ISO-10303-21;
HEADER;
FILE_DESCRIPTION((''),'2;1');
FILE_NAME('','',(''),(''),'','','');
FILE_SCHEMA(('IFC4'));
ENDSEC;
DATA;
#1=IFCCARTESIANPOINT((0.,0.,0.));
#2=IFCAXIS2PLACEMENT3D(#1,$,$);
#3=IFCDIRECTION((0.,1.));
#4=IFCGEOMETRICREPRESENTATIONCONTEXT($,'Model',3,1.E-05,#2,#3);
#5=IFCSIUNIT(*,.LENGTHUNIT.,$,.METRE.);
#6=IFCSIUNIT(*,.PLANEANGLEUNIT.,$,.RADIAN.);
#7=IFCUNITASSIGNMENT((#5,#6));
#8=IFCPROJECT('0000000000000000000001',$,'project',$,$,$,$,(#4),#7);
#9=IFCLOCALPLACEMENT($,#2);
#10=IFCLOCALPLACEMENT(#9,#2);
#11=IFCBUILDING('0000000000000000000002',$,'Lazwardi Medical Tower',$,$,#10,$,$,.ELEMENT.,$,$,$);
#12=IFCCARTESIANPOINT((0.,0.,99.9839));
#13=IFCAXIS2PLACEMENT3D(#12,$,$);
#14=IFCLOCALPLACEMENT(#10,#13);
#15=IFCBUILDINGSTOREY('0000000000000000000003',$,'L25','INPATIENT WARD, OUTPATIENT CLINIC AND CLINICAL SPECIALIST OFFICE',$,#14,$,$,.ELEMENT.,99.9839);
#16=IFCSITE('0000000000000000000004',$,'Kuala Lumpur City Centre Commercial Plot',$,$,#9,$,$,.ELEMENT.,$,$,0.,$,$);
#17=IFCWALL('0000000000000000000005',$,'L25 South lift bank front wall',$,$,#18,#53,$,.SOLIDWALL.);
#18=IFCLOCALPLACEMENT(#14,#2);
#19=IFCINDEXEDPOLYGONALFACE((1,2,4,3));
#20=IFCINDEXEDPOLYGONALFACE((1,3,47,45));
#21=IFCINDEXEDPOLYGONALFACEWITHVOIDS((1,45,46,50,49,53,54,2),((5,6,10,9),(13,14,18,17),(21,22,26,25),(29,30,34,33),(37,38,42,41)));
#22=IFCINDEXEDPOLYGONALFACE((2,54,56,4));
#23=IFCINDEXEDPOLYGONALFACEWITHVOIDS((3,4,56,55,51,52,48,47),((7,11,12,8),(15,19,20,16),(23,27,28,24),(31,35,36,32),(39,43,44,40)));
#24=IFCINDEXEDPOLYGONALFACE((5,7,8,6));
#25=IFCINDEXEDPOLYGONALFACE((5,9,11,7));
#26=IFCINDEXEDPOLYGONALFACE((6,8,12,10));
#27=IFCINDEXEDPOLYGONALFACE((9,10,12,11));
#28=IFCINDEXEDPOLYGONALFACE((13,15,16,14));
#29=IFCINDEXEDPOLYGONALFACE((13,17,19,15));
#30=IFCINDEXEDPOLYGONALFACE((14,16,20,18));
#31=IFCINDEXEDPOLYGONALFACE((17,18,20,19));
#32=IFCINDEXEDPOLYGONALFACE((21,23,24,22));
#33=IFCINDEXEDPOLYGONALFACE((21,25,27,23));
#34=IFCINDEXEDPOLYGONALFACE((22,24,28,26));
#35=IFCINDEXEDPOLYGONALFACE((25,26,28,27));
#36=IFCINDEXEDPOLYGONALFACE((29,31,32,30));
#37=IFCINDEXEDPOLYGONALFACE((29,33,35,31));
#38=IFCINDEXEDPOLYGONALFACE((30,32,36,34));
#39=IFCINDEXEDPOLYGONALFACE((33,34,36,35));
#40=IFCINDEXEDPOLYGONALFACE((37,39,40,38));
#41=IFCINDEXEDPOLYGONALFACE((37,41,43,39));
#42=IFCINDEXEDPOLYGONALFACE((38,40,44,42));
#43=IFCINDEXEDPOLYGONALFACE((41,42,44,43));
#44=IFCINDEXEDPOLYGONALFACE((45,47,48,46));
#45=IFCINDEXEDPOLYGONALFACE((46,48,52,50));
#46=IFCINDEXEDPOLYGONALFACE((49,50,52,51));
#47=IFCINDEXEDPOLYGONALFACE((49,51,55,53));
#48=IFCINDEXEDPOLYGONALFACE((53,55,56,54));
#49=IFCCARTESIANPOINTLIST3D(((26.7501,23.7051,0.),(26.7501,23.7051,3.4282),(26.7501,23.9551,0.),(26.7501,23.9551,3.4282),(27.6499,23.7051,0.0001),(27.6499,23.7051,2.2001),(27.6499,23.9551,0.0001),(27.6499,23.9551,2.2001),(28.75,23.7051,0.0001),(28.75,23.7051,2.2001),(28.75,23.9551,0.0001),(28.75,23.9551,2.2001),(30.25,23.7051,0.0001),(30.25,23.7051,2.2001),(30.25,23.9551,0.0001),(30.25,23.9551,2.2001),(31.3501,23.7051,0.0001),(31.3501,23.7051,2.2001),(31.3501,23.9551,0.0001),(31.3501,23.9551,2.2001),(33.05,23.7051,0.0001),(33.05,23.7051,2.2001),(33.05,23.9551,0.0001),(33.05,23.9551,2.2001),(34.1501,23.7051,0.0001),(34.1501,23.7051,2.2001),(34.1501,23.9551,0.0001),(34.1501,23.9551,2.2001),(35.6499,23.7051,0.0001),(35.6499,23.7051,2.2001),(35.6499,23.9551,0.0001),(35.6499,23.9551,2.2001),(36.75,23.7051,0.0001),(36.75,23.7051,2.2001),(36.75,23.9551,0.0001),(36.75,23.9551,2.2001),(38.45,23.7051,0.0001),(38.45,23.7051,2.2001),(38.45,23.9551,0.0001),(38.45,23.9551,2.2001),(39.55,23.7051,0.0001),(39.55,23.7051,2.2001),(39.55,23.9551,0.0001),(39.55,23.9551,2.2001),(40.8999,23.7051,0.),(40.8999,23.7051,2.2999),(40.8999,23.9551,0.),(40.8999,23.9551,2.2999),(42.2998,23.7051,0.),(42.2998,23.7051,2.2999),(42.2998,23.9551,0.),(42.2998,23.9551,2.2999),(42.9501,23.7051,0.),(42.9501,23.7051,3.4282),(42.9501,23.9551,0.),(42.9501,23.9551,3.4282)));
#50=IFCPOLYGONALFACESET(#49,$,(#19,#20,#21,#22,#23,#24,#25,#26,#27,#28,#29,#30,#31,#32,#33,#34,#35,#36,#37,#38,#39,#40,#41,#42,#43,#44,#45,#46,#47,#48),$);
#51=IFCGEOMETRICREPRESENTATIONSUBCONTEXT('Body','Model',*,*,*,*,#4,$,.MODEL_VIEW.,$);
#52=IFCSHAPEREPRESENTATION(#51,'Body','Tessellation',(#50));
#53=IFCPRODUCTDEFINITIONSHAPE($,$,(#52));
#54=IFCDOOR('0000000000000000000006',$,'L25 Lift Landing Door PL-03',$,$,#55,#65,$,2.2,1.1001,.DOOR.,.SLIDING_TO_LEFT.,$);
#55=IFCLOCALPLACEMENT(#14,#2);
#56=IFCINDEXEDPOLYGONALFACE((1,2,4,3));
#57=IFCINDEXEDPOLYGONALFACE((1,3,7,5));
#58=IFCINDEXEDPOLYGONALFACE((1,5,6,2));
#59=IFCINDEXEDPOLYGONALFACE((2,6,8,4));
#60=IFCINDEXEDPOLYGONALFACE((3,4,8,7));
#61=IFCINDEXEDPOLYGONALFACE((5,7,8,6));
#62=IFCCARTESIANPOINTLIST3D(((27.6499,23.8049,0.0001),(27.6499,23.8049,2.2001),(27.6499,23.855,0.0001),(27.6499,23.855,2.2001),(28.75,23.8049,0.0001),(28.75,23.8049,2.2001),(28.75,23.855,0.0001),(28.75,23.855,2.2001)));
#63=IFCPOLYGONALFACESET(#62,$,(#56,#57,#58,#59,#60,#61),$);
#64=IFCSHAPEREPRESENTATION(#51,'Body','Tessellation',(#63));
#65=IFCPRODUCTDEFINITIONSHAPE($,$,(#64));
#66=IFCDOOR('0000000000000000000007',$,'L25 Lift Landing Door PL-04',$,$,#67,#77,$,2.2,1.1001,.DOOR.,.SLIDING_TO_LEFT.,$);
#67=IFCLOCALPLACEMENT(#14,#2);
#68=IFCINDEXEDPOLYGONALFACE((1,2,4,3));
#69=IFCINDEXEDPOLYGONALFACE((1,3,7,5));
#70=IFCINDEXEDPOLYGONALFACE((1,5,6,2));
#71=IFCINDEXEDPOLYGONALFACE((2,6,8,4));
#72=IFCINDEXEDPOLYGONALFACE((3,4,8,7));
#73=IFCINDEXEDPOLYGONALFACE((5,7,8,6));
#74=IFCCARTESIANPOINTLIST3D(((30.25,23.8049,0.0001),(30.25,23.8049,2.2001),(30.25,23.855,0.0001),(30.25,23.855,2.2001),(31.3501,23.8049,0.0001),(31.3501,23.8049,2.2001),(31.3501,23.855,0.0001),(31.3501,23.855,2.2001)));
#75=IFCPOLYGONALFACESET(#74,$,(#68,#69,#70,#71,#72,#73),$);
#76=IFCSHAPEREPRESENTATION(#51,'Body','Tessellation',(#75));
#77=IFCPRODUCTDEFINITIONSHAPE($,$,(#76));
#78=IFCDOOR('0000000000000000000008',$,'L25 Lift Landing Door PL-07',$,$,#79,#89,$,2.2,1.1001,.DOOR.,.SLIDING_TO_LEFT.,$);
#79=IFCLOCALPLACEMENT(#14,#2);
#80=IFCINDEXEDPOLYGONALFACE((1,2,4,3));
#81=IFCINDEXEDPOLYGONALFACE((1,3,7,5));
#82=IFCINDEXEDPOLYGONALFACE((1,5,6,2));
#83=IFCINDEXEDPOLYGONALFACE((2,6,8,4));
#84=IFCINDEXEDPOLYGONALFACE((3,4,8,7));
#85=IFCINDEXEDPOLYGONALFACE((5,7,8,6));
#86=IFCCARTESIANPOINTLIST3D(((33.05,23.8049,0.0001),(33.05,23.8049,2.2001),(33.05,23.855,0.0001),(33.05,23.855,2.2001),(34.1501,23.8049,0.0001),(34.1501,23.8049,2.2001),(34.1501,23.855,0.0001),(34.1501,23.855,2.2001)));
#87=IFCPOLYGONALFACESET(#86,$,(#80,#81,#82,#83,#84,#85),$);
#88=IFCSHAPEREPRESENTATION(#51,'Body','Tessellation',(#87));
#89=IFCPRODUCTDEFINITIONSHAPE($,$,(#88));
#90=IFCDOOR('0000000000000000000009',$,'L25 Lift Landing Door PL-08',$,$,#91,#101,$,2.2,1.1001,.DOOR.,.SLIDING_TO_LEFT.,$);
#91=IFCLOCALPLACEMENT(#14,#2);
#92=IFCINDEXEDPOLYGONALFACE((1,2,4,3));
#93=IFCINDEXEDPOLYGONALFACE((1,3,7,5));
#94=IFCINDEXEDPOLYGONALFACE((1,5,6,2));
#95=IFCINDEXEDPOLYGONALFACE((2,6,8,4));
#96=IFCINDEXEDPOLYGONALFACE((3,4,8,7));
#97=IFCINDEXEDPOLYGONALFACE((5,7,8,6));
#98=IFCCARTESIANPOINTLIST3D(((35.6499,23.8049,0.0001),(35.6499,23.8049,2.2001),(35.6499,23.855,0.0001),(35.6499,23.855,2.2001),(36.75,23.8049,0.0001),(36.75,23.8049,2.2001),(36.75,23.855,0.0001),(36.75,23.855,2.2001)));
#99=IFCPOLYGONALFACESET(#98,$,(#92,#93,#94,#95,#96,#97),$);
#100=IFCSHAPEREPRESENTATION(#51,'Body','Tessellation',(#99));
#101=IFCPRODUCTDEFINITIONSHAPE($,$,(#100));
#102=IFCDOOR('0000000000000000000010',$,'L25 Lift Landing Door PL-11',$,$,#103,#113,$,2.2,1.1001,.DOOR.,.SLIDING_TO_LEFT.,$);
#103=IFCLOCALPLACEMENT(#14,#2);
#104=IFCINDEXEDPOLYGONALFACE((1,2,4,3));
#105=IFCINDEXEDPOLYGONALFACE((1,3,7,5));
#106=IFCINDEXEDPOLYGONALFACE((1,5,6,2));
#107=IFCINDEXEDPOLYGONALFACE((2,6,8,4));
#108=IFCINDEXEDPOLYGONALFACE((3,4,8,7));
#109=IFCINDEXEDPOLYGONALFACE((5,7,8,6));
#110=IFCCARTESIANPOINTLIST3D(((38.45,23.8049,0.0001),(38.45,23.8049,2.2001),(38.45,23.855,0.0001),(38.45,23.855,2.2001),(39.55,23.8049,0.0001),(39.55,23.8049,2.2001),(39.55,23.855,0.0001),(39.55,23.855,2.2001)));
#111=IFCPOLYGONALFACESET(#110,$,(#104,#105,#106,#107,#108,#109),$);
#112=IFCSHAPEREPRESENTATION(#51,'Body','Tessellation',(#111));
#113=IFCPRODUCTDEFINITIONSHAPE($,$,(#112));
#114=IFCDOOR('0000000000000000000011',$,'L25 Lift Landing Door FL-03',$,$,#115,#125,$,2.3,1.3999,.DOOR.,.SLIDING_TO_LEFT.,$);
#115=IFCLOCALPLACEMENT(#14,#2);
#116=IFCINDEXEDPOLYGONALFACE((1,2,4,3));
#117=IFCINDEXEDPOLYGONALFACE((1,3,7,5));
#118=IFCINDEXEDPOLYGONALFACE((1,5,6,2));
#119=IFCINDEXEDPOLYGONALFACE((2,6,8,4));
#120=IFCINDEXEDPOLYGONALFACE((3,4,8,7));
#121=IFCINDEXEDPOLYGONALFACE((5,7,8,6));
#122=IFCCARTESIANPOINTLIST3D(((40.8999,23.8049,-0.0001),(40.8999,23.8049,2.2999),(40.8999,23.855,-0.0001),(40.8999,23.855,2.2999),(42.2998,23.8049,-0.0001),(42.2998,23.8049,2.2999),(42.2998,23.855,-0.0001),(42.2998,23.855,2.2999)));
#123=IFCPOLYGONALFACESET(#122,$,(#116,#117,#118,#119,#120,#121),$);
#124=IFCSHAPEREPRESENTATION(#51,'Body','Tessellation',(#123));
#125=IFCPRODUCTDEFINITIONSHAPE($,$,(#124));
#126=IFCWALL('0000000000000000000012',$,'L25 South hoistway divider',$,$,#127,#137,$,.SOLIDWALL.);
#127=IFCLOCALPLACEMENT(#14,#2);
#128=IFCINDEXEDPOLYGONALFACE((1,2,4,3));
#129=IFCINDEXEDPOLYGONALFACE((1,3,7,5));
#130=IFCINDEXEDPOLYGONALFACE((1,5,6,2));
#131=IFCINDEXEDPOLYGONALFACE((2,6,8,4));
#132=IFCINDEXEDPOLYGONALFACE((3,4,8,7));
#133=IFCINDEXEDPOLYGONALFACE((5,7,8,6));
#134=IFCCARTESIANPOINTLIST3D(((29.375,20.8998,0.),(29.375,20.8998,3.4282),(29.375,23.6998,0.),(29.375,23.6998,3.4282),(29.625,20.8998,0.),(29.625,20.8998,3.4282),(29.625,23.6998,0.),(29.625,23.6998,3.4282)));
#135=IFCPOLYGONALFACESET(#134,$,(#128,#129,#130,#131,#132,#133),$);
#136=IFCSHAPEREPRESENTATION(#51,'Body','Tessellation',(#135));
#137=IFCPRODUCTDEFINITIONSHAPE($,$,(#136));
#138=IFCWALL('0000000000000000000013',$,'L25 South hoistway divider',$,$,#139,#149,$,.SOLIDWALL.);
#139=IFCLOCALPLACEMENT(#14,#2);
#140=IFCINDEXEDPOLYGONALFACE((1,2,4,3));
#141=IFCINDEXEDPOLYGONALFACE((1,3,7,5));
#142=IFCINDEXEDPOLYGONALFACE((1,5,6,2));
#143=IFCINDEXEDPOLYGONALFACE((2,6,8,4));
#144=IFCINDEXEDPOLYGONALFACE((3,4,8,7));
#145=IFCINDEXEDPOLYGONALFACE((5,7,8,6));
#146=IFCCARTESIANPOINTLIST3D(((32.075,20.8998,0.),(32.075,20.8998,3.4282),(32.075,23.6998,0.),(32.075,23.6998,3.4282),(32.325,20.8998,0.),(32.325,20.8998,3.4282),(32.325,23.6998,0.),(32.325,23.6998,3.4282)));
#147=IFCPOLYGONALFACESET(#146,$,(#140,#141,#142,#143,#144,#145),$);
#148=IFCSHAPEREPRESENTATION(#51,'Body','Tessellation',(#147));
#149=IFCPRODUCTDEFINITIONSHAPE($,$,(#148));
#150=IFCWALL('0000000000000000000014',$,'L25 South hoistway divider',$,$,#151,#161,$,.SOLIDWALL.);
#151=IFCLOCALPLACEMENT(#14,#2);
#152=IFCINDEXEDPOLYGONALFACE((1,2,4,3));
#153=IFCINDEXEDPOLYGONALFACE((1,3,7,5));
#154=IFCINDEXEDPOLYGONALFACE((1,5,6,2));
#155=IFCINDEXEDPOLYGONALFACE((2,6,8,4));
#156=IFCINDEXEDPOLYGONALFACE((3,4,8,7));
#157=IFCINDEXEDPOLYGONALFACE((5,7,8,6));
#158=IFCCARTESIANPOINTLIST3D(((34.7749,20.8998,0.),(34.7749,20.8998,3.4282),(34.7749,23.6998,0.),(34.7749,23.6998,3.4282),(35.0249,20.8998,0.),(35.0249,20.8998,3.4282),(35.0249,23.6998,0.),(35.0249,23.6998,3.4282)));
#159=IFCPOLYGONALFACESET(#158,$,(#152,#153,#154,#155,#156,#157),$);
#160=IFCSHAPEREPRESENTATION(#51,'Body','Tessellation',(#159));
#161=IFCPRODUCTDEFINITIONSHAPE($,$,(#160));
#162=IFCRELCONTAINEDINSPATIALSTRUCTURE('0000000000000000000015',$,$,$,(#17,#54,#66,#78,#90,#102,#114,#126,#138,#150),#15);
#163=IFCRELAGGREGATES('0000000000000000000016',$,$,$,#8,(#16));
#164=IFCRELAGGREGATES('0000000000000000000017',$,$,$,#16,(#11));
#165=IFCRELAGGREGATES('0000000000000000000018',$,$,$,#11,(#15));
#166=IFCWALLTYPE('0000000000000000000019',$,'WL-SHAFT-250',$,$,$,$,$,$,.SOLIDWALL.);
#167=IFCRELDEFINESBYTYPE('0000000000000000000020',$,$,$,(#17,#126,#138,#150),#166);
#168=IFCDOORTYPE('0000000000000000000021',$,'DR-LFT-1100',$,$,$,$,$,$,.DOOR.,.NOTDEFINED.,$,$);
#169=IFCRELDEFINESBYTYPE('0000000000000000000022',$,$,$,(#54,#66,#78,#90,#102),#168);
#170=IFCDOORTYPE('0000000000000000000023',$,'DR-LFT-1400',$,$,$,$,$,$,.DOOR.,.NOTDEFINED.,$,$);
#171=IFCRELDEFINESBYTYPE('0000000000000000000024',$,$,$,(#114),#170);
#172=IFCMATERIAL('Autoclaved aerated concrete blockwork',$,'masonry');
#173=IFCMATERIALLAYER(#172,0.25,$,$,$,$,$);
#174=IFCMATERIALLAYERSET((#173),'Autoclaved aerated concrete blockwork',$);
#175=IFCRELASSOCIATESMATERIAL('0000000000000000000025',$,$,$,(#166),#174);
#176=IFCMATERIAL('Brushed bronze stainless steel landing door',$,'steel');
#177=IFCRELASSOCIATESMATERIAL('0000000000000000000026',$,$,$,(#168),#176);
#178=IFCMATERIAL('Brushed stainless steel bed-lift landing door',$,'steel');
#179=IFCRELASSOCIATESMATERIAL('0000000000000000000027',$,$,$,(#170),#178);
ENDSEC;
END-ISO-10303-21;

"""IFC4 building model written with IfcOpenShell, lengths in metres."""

from ifc_helpers import new_model, si_unit, direction, frame, frame_2d, origin, place, context, subcontext, project, spatial, rectangle, extrude, material, layer, layer_set, type_object, element, fill, save


model = new_model("IFC4")

# Units and contexts
model_context = context("Model", 3, precision=1e-05, world=origin(), true_north=direction((0.0, 1.0)))
body_context = subcontext(model_context, "Body", "Model", "MODEL_VIEW")
ifc_project = project(units=[si_unit("LENGTHUNIT", "METRE"), si_unit("PLANEANGLEUNIT", "RADIAN")], contexts=[model_context])

# Site, building, storey
site_placement = place(None, origin())
site = spatial("IfcSite", under=ifc_project, at=site_placement, Name="Kuala Lumpur City Centre Commercial Plot", CompositionType="ELEMENT", RefElevation=0.0)
building_placement = place(site_placement, origin())
building = spatial("IfcBuilding", under=site, at=building_placement, Name="Lazwardi Medical Tower", CompositionType="ELEMENT")
storey_placement = place(building_placement, frame((0.0, 0.0, 99.9839)))
storey = spatial("IfcBuildingStorey", under=building, at=storey_placement, Name="L25", Description="INPATIENT WARD, OUTPATIENT CLINIC AND CLINICAL SPECIALIST OFFICE", CompositionType="ELEMENT", Elevation=99.9839)

# Wall, openings, doors
ifc_material_1 = material(Name="Autoclaved aerated concrete blockwork", Category="masonry")
ifc_layer_1 = layer(ifc_material_1, 0.25)
ifc_layer_set_1 = layer_set([ifc_layer_1], Name="Autoclaved aerated concrete blockwork")
wall_type_1 = type_object("IfcWallType", Name="WL-SHAFT-250", PredefinedType="SOLIDWALL", material=ifc_layer_set_1)
wall_1_placement = place(storey_placement, frame((26.75, 23.8301, 0.0), z_axis=(0.0, 0.0, 1.0), x_axis=(1.0, 0.0, 0.0)))
wall_1 = element("IfcWall", 1, at=wall_1_placement, inside=storey, type_object=wall_type_1, Name="L25 South lift bank front wall", PredefinedType="SOLIDWALL", context=body_context, shape_type="SweptSolid", body=[
    extrude(rectangle(XDim=16.2, YDim=0.25, at=frame_2d((8.1001, 0.0))), origin(), (0.0, 0.0, 1.0), 3.4282),
])
opening_1_placement = place(wall_1_placement, frame((0.8999, 0.0, 0.0)))
opening_1 = element("IfcOpeningElement", 2, at=opening_1_placement, cuts=wall_1, PredefinedType="OPENING", context=body_context, shape_type="SweptSolid", body=[
    extrude(rectangle(XDim=1.1001, YDim=2.2, at=frame_2d((0.55, 1.1001))), frame((0.0, 0.135, 0.0), z_axis=(0.0, -1.0, 0.0), x_axis=(1.0, 0.0, 0.0)), (0.0, 0.0, 1.0), 0.27),
])
opening_2_placement = place(wall_1_placement, frame((3.5, 0.0, 0.0)))
opening_2 = element("IfcOpeningElement", 3, at=opening_2_placement, cuts=wall_1, PredefinedType="OPENING", context=body_context, shape_type="SweptSolid", body=[
    extrude(rectangle(XDim=1.1001, YDim=2.2, at=frame_2d((0.55, 1.1001))), frame((0.0, 0.135, 0.0), z_axis=(0.0, -1.0, 0.0), x_axis=(1.0, 0.0, 0.0)), (0.0, 0.0, 1.0), 0.27),
])
opening_3_placement = place(wall_1_placement, frame((6.3, 0.0, 0.0)))
opening_3 = element("IfcOpeningElement", 4, at=opening_3_placement, cuts=wall_1, PredefinedType="OPENING", context=body_context, shape_type="SweptSolid", body=[
    extrude(rectangle(XDim=1.1001, YDim=2.2, at=frame_2d((0.55, 1.1001))), frame((0.0, 0.135, 0.0), z_axis=(0.0, -1.0, 0.0), x_axis=(1.0, 0.0, 0.0)), (0.0, 0.0, 1.0), 0.27),
])
opening_4_placement = place(wall_1_placement, frame((8.8999, 0.0, 0.0)))
opening_4 = element("IfcOpeningElement", 5, at=opening_4_placement, cuts=wall_1, PredefinedType="OPENING", context=body_context, shape_type="SweptSolid", body=[
    extrude(rectangle(XDim=1.1001, YDim=2.2, at=frame_2d((0.55, 1.1001))), frame((0.0, 0.135, 0.0), z_axis=(0.0, -1.0, 0.0), x_axis=(1.0, 0.0, 0.0)), (0.0, 0.0, 1.0), 0.27),
])
opening_5_placement = place(wall_1_placement, frame((11.7, 0.0, 0.0)))
opening_5 = element("IfcOpeningElement", 6, at=opening_5_placement, cuts=wall_1, PredefinedType="OPENING", context=body_context, shape_type="SweptSolid", body=[
    extrude(rectangle(XDim=1.1001, YDim=2.2, at=frame_2d((0.55, 1.1001))), frame((0.0, 0.135, 0.0), z_axis=(0.0, -1.0, 0.0), x_axis=(1.0, 0.0, 0.0)), (0.0, 0.0, 1.0), 0.27),
])
opening_6_placement = place(wall_1_placement, frame((14.1499, 0.0, 0.0)))
opening_6 = element("IfcOpeningElement", 7, at=opening_6_placement, cuts=wall_1, PredefinedType="OPENING", context=body_context, shape_type="SweptSolid", body=[
    extrude(rectangle(XDim=1.3999, YDim=2.3, at=frame_2d((0.7, 1.1499))), frame((0.0, 0.135, 0.0), z_axis=(0.0, -1.0, 0.0), x_axis=(1.0, 0.0, 0.0)), (0.0, 0.0, 1.0), 0.27),
])
ifc_material_2 = material(Name="Brushed bronze stainless steel landing door", Category="steel")
door_type_1 = type_object("IfcDoorType", Name="DR-LFT-1100", OperationType="NOTDEFINED", PredefinedType="DOOR", material=ifc_material_2)
door_1_placement = place(opening_1_placement, origin())
door_1 = element("IfcDoor", 8, at=door_1_placement, inside=storey, type_object=door_type_1, Name="L25 Lift Landing Door PL-03", OperationType="SLIDING_TO_LEFT", OverallHeight=2.2, OverallWidth=1.1001, PredefinedType="DOOR", context=body_context, shape_type="SweptSolid", body=[
    extrude(rectangle(XDim=1.1001, YDim=2.2, at=frame_2d((0.55, 1.1001))), frame((0.0, 0.0249, 0.0), z_axis=(0.0, -1.0, 0.0), x_axis=(1.0, 0.0, 0.0)), (0.0, 0.0, 1.0), 0.05),
])
fill(opening_1, door_1)
door_2_placement = place(opening_2_placement, origin())
door_2 = element("IfcDoor", 9, at=door_2_placement, inside=storey, type_object=door_type_1, Name="L25 Lift Landing Door PL-04", OperationType="SLIDING_TO_LEFT", OverallHeight=2.2, OverallWidth=1.1001, PredefinedType="DOOR", context=body_context, shape_type="SweptSolid", body=[
    extrude(rectangle(XDim=1.1001, YDim=2.2, at=frame_2d((0.55, 1.1001))), frame((0.0, 0.0249, 0.0), z_axis=(0.0, -1.0, 0.0), x_axis=(1.0, 0.0, 0.0)), (0.0, 0.0, 1.0), 0.05),
])
fill(opening_2, door_2)
door_3_placement = place(opening_3_placement, origin())
door_3 = element("IfcDoor", 10, at=door_3_placement, inside=storey, type_object=door_type_1, Name="L25 Lift Landing Door PL-07", OperationType="SLIDING_TO_LEFT", OverallHeight=2.2, OverallWidth=1.1001, PredefinedType="DOOR", context=body_context, shape_type="SweptSolid", body=[
    extrude(rectangle(XDim=1.1001, YDim=2.2, at=frame_2d((0.55, 1.1001))), frame((0.0, 0.0249, 0.0), z_axis=(0.0, -1.0, 0.0), x_axis=(1.0, 0.0, 0.0)), (0.0, 0.0, 1.0), 0.05),
])
fill(opening_3, door_3)
door_4_placement = place(opening_4_placement, origin())
door_4 = element("IfcDoor", 11, at=door_4_placement, inside=storey, type_object=door_type_1, Name="L25 Lift Landing Door PL-08", OperationType="SLIDING_TO_LEFT", OverallHeight=2.2, OverallWidth=1.1001, PredefinedType="DOOR", context=body_context, shape_type="SweptSolid", body=[
    extrude(rectangle(XDim=1.1001, YDim=2.2, at=frame_2d((0.55, 1.1001))), frame((0.0, 0.0249, 0.0), z_axis=(0.0, -1.0, 0.0), x_axis=(1.0, 0.0, 0.0)), (0.0, 0.0, 1.0), 0.05),
])
fill(opening_4, door_4)
door_5_placement = place(opening_5_placement, origin())
door_5 = element("IfcDoor", 12, at=door_5_placement, inside=storey, type_object=door_type_1, Name="L25 Lift Landing Door PL-11", OperationType="SLIDING_TO_LEFT", OverallHeight=2.2, OverallWidth=1.1001, PredefinedType="DOOR", context=body_context, shape_type="SweptSolid", body=[
    extrude(rectangle(XDim=1.1001, YDim=2.2, at=frame_2d((0.55, 1.1001))), frame((0.0, 0.0249, 0.0), z_axis=(0.0, -1.0, 0.0), x_axis=(1.0, 0.0, 0.0)), (0.0, 0.0, 1.0), 0.05),
])
fill(opening_5, door_5)
ifc_material_3 = material(Name="Brushed stainless steel bed-lift landing door", Category="steel")
door_type_2 = type_object("IfcDoorType", Name="DR-LFT-1400", OperationType="NOTDEFINED", PredefinedType="DOOR", material=ifc_material_3)
door_6_placement = place(opening_6_placement, origin())
door_6 = element("IfcDoor", 13, at=door_6_placement, inside=storey, type_object=door_type_2, Name="L25 Lift Landing Door FL-03", OperationType="SLIDING_TO_LEFT", OverallHeight=2.3, OverallWidth=1.3999, PredefinedType="DOOR", context=body_context, shape_type="SweptSolid", body=[
    extrude(rectangle(XDim=1.3999, YDim=2.3, at=frame_2d((0.7, 1.1499))), frame((0.0, 0.0249, 0.0), z_axis=(0.0, -1.0, 0.0), x_axis=(1.0, 0.0, 0.0)), (0.0, 0.0, 1.0), 0.05),
])
fill(opening_6, door_6)

# Walls
for number, where, z_axis, x_axis, name in (
    (14, (29.5, 20.8999, 0.0), (0.0, 0.0, 1.0), (0.0, 1.0, 0.0), "L25 South hoistway divider"),
    (15, (32.2, 20.8999, 0.0), (0.0, 0.0, 1.0), (0.0, 1.0, 0.0), "L25 South hoistway divider"),
    (16, (34.8999, 20.8999, 0.0), (0.0, 0.0, 1.0), (0.0, 1.0, 0.0), "L25 South hoistway divider"),
):
    element("IfcWall", number, at=place(storey_placement, frame(where, z_axis=z_axis, x_axis=x_axis)), inside=storey, type_object=wall_type_1, Name=name, PredefinedType="SOLIDWALL", context=body_context, shape_type="SweptSolid", body=[
        extrude(rectangle(XDim=2.8, YDim=0.25, at=frame_2d((1.3999, 0.0))), origin(), (0.0, 0.0, 1.0), 3.4282),
    ])

save(model, "model.ifc")
